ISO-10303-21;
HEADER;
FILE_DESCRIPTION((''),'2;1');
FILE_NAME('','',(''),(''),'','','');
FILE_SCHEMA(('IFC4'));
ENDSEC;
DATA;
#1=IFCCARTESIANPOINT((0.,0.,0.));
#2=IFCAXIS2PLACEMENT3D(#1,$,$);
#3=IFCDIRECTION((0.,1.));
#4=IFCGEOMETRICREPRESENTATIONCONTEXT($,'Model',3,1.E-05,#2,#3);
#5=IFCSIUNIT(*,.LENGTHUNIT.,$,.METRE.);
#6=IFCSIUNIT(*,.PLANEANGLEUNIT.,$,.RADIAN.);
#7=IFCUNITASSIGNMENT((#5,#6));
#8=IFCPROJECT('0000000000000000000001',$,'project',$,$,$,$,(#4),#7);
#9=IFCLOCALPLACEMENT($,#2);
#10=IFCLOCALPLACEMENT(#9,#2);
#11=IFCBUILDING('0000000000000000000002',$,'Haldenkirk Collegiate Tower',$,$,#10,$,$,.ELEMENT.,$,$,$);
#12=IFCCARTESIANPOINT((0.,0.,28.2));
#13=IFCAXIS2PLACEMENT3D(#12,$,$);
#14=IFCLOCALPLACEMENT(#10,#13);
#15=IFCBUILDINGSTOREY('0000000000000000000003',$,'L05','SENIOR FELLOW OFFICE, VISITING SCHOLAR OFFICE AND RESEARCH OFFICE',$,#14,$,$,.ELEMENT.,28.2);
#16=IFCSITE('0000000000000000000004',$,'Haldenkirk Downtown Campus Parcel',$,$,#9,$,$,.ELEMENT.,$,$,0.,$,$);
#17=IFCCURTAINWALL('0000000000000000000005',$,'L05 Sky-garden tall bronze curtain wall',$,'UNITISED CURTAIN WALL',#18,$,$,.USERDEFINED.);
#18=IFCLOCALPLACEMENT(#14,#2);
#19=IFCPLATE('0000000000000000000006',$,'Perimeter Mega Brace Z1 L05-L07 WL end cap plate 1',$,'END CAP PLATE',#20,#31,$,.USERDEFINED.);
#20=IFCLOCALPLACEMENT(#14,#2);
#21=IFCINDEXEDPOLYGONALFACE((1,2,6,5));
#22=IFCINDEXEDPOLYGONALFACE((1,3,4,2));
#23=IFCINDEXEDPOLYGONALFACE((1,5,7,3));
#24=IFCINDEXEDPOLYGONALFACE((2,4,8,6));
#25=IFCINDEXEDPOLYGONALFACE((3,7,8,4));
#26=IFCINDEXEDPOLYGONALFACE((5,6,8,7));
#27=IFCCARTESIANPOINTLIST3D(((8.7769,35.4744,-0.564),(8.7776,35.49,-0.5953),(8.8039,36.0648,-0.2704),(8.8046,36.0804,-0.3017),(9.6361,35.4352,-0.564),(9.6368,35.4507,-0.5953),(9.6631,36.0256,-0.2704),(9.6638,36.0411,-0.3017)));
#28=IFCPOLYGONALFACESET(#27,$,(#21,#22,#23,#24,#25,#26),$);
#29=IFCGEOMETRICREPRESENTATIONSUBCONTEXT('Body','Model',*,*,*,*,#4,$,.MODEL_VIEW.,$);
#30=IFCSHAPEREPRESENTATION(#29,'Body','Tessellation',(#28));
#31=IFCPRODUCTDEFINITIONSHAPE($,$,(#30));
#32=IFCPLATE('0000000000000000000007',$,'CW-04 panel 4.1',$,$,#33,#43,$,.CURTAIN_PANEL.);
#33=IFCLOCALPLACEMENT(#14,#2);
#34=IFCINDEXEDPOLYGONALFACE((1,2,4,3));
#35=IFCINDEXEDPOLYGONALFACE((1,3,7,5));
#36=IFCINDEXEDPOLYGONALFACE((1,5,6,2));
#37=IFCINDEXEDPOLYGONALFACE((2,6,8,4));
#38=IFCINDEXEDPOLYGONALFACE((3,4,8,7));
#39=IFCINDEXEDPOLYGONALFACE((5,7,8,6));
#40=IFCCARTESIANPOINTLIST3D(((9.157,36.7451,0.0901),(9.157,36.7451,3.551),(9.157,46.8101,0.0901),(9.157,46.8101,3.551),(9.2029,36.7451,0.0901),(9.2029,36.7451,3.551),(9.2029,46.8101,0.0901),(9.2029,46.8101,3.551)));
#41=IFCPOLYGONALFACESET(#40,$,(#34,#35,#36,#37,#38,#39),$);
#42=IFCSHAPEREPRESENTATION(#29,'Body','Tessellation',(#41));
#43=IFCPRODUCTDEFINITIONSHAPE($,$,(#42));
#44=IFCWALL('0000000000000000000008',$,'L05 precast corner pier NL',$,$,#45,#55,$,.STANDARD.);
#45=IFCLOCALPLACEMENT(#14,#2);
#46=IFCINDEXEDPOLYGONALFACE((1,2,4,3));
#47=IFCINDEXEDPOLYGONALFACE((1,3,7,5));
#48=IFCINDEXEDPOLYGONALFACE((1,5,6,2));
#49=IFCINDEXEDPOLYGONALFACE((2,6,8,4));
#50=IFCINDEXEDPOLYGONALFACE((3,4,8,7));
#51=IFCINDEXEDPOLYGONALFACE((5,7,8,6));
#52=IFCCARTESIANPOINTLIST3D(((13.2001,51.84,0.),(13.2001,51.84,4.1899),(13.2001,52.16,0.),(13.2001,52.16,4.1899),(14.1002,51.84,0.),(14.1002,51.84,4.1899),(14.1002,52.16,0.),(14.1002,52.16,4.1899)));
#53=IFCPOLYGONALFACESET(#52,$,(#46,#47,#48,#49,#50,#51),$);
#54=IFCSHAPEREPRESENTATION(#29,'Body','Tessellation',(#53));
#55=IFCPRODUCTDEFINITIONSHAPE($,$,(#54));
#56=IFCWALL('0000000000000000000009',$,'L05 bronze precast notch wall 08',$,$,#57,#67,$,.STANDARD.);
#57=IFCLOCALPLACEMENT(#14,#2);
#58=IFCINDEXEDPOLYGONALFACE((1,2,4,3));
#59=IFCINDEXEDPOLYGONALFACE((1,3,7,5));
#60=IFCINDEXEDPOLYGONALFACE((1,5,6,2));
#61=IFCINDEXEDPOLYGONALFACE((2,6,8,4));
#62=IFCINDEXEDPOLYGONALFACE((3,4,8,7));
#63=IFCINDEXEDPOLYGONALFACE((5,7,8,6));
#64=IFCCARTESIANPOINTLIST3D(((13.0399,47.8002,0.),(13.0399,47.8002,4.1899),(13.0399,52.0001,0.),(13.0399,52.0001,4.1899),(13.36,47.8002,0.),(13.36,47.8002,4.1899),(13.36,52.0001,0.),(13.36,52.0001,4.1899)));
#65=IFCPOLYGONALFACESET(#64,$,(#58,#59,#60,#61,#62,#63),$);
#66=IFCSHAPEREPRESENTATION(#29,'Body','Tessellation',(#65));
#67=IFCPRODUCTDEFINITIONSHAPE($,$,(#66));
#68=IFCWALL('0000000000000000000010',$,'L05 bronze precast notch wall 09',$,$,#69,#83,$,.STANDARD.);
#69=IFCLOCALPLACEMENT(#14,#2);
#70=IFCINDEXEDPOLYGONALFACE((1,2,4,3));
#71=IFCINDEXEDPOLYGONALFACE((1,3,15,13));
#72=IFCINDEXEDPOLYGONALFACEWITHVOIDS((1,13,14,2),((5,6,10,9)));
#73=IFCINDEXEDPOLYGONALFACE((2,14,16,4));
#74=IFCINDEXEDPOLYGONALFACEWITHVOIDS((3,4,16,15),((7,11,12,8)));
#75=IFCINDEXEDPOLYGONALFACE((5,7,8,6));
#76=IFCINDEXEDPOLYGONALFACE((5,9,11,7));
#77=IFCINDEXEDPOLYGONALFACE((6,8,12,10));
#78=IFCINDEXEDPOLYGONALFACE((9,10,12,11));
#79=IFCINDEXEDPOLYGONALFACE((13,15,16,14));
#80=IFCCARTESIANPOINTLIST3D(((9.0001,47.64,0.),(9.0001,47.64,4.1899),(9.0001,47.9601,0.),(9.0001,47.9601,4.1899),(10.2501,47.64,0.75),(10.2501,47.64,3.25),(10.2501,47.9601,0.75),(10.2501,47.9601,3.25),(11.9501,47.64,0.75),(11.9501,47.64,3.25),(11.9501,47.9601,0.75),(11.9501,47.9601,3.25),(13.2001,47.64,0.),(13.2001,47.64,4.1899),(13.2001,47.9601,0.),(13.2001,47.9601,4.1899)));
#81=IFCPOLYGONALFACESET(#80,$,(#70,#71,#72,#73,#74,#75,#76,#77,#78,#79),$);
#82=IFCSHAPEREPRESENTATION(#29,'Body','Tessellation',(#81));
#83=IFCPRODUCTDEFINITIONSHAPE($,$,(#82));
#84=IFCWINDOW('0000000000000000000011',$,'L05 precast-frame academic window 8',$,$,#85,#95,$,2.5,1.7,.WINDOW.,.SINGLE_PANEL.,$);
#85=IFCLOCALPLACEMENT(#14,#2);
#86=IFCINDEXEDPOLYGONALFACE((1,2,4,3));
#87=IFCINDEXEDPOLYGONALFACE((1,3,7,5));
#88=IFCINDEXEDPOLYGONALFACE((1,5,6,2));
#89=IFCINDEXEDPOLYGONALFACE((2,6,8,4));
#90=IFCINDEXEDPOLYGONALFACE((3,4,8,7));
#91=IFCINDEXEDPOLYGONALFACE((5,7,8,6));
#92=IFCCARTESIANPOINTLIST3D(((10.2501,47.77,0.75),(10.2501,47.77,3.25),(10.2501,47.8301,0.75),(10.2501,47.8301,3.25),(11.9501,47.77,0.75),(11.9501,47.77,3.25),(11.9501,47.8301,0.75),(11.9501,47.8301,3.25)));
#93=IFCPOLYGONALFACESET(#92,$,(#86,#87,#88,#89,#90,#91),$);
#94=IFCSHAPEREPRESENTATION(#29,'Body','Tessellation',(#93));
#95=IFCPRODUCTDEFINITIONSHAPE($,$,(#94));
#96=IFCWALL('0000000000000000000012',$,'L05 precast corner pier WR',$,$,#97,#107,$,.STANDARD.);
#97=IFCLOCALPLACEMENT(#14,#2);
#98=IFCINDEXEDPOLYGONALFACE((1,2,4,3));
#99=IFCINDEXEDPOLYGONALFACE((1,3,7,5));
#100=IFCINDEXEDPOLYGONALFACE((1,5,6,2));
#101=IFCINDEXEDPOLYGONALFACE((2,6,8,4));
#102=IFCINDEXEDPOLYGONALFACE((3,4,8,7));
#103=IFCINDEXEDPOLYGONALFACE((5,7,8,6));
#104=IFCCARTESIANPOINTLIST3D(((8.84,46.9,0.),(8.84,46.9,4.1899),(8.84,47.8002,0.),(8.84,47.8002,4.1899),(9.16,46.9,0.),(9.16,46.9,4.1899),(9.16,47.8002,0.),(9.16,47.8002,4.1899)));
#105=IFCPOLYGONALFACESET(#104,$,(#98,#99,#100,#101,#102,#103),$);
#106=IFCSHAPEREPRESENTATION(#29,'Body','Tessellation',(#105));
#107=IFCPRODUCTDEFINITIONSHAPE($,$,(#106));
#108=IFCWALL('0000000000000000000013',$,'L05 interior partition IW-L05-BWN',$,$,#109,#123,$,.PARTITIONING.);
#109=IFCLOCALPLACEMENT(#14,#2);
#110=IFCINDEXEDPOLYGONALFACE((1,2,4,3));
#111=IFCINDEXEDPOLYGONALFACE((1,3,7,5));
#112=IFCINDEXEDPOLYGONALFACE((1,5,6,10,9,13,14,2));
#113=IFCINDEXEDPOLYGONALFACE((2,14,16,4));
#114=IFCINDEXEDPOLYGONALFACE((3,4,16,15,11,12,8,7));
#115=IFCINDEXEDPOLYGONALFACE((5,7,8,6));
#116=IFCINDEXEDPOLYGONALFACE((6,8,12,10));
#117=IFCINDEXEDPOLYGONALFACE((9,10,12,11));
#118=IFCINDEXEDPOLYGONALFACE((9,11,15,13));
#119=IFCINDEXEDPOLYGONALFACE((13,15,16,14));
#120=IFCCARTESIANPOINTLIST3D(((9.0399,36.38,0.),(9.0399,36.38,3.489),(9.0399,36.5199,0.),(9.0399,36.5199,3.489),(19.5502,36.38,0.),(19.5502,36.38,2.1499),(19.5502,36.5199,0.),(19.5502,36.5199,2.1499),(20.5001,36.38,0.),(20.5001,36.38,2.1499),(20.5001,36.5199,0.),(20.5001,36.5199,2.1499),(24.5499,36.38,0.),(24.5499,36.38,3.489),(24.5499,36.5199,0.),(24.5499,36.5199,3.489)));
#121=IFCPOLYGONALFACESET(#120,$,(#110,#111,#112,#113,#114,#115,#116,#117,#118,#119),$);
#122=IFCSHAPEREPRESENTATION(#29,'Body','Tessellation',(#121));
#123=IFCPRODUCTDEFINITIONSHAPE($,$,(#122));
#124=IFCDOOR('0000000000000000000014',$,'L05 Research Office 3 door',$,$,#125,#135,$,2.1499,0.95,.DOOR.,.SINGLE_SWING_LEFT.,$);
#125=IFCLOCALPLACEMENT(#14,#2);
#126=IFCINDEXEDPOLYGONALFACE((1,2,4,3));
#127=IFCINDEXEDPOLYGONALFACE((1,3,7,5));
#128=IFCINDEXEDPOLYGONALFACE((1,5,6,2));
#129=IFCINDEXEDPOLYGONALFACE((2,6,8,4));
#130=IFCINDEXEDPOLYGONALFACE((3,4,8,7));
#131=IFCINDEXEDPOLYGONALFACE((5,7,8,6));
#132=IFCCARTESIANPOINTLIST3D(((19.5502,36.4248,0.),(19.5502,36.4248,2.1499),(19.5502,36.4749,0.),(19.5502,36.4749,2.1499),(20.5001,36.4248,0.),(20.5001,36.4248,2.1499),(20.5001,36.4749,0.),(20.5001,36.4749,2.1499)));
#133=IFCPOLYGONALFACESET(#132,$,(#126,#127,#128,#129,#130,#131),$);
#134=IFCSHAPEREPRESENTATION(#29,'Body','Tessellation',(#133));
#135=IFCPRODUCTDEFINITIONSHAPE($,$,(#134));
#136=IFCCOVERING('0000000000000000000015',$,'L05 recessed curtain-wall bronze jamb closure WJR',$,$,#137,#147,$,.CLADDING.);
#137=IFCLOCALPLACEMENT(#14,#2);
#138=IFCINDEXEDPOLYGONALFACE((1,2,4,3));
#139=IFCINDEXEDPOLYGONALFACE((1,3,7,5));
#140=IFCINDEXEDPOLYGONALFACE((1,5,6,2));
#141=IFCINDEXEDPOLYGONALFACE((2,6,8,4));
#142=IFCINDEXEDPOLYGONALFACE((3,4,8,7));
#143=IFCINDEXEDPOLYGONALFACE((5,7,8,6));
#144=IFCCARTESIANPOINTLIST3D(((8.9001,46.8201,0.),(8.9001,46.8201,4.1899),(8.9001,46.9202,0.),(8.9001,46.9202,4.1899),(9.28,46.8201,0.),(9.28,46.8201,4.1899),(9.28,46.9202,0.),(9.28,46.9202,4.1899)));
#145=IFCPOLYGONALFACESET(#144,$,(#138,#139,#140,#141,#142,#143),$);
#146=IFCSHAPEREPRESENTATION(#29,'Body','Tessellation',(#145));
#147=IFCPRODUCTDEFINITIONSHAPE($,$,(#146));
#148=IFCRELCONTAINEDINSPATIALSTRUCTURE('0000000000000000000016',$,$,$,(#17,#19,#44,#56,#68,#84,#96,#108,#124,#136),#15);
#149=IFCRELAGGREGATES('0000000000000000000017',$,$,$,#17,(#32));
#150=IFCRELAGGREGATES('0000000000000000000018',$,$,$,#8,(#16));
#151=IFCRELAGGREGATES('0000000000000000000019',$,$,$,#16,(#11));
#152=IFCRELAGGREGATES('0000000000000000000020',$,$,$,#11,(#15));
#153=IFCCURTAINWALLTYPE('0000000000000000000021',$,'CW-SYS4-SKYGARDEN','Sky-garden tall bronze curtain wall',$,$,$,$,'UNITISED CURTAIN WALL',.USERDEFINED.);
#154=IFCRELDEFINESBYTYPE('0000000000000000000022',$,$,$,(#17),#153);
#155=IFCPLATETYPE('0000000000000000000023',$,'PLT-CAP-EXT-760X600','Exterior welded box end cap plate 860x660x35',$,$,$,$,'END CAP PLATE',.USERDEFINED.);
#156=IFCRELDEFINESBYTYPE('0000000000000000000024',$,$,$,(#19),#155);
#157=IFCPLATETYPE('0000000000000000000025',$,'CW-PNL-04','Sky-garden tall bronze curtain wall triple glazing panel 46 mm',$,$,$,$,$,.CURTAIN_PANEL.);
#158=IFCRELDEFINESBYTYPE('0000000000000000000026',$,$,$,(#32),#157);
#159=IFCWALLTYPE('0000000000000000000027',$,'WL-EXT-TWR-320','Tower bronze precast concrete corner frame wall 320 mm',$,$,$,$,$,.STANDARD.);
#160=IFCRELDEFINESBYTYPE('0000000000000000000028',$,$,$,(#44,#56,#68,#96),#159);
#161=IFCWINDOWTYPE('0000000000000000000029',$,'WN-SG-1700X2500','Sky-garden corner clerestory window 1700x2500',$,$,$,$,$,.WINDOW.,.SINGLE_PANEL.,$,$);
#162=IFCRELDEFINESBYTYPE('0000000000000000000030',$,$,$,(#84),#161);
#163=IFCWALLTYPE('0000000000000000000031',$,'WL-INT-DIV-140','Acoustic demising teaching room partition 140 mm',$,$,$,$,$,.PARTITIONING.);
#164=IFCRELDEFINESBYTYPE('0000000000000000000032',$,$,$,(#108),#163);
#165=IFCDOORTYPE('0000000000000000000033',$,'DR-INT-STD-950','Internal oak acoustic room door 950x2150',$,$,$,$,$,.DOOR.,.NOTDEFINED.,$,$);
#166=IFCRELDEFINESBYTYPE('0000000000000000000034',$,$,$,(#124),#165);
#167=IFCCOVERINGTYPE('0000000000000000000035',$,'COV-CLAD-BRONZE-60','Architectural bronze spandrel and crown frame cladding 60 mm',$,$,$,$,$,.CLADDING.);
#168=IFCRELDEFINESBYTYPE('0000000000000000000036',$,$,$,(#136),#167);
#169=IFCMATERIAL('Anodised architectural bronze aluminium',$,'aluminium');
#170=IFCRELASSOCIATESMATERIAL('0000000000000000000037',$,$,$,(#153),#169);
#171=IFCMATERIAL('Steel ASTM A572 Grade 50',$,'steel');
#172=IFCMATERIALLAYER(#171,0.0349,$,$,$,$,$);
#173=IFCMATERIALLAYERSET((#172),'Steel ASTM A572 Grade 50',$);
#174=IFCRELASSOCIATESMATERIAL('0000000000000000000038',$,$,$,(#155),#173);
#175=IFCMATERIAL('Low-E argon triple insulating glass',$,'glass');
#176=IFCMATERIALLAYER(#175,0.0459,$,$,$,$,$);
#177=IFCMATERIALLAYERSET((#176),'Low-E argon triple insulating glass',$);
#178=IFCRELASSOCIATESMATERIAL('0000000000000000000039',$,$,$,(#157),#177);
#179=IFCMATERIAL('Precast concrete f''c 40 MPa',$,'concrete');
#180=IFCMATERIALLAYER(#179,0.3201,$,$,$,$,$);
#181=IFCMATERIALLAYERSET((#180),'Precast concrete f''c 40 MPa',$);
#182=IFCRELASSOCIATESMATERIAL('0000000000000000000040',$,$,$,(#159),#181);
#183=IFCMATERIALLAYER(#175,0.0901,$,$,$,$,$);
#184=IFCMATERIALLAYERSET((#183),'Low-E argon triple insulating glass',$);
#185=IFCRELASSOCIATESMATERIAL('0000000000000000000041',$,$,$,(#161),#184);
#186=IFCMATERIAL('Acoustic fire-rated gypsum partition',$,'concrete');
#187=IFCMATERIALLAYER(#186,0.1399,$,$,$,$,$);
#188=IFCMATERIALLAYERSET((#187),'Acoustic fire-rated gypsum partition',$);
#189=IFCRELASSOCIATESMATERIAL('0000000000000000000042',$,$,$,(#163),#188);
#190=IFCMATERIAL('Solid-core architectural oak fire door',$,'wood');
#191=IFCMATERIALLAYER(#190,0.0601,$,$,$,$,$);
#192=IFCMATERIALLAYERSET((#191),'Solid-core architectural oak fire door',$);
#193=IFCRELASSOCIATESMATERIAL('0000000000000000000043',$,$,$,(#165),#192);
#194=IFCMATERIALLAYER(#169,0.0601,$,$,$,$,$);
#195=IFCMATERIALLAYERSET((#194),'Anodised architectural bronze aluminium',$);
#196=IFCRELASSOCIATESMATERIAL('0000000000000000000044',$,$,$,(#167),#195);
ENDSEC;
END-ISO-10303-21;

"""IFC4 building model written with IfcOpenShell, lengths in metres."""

from ifc_helpers import new_model, si_unit, direction, frame, frame_2d, origin, origin_2d, place, context, subcontext, project, spatial, rectangle, extrude, source, transform, mapped, material, layer, layer_set, type_object, element, fill, aggregate, save


model = new_model("IFC4")

# Units and contexts
model_context = context("Model", 3, precision=1e-05, world=origin(), true_north=direction((0.0, 1.0)))
body_context = subcontext(model_context, "Body", "Model", "MODEL_VIEW")
ifc_project = project(units=[si_unit("LENGTHUNIT", "METRE"), si_unit("PLANEANGLEUNIT", "RADIAN")], contexts=[model_context])

# Site, building, storey
site_placement = place(None, origin())
site = spatial("IfcSite", under=ifc_project, at=site_placement, Name="Haldenkirk Downtown Campus Parcel", CompositionType="ELEMENT", RefElevation=0.0)
building_placement = place(site_placement, origin())
building = spatial("IfcBuilding", under=site, at=building_placement, Name="Haldenkirk Collegiate Tower", CompositionType="ELEMENT")
storey_placement = place(building_placement, frame((0.0, 0.0, 28.2)))
storey = spatial("IfcBuildingStorey", under=building, at=storey_placement, Name="L05", Description="SENIOR FELLOW OFFICE, VISITING SCHOLAR OFFICE AND RESEARCH OFFICE", CompositionType="ELEMENT", Elevation=28.2)

# Shared definitions
ifc_material_1 = material(Name="Steel ASTM A572 Grade 50", Category="steel")

# Curtain wall
ifc_material_2 = material(Name="Anodised architectural bronze aluminium", Category="aluminium")
curtain_wall_type = type_object("IfcCurtainWallType", Name="CW-SYS4-SKYGARDEN", Description="Sky-garden tall bronze curtain wall", ElementType="UNITISED CURTAIN WALL", PredefinedType="USERDEFINED", material=ifc_material_2)
curtain_wall_placement = place(storey_placement, origin())
curtain_wall = element("IfcCurtainWall", 1, at=curtain_wall_placement, inside=storey, type_object=curtain_wall_type, Name="L05 Sky-garden tall bronze curtain wall", ObjectType="UNITISED CURTAIN WALL", PredefinedType="USERDEFINED")

# Plates
ifc_layer_1 = layer(ifc_material_1, 0.0349)
ifc_layer_set_1 = layer_set([ifc_layer_1], Name="Steel ASTM A572 Grade 50")
plate_type_1 = type_object("IfcPlateType", Name="PLT-CAP-EXT-760X600", Description="Exterior welded box end cap plate 860x660x35", ElementType="END CAP PLATE", PredefinedType="USERDEFINED", material=ifc_layer_set_1)
shared_shape_1 = source(origin(), body_context, "Body", "SweptSolid", [
    extrude(rectangle(XDim=0.8601, YDim=0.6599, at=origin_2d()), origin(), (0.0, 0.0, 1.0), 0.0349),
])
plate_1_placement = place(storey_placement, frame((9.22, 35.75, -0.4172), z_axis=(0.020317, 0.444419, -0.895589), x_axis=(-0.998957, 0.045669, 0.0)))
element("IfcPlate", 2, at=plate_1_placement, inside=storey, type_object=plate_type_1, Name="Perimeter Mega Brace Z1 L05-L07 WL end cap plate 1", ObjectType="END CAP PLATE", PredefinedType="USERDEFINED", context=body_context, shape_type="MappedRepresentation", body=[
    mapped(shared_shape_1, transform((0.0, 0.0, 0.0), x_axis=(1.0, 0.0, 0.0), y_axis=(0.0, 1.0, 0.0), z_axis=(0.0, 0.0, 1.0), scale=1.0)),
])
ifc_material_3 = material(Name="Low-E argon triple insulating glass", Category="glass")
ifc_layer_2 = layer(ifc_material_3, 0.0459)
ifc_layer_set_2 = layer_set([ifc_layer_2], Name="Low-E argon triple insulating glass")
plate_type_2 = type_object("IfcPlateType", Name="CW-PNL-04", Description="Sky-garden tall bronze curtain wall triple glazing panel 46 mm", PredefinedType="CURTAIN_PANEL", material=ifc_layer_set_2)
shared_shape_2 = source(origin(), body_context, "Body", "SweptSolid", [
    extrude(rectangle(XDim=10.0649, YDim=0.0459, at=origin_2d()), origin(), (0.0, 0.0, 1.0), 3.4609),
])
plate_2_placement = place(storey_placement, frame((9.1799, 41.7776, 0.0901), z_axis=(0.0, 0.0, 1.0), x_axis=(0.0, 1.0, 0.0)))
plate_2 = element("IfcPlate", 3, at=plate_2_placement, type_object=plate_type_2, Name="CW-04 panel 4.1", PredefinedType="CURTAIN_PANEL", context=body_context, shape_type="MappedRepresentation", body=[
    mapped(shared_shape_2, transform((0.0, 0.0, 0.0), x_axis=(1.0, 0.0, 0.0), y_axis=(0.0, 1.0, 0.0), z_axis=(0.0, 0.0, 1.0), scale=1.0)),
])
aggregate(curtain_wall, [plate_2])

# Walls
ifc_material_4 = material(Name="Precast concrete f'c 40 MPa", Category="concrete")
ifc_layer_3 = layer(ifc_material_4, 0.3201)
ifc_layer_set_3 = layer_set([ifc_layer_3], Name="Precast concrete f'c 40 MPa")
wall_type_1 = type_object("IfcWallType", Name="WL-EXT-TWR-320", Description="Tower bronze precast concrete corner frame wall 320 mm", PredefinedType="STANDARD", material=ifc_layer_set_3)
wall_1_placement = place(storey_placement, frame((13.2, 52.0, 0.0), z_axis=(0.0, 0.0, 1.0), x_axis=(1.0, 0.0, 0.0)))
element("IfcWall", 4, at=wall_1_placement, inside=storey, type_object=wall_type_1, Name="L05 precast corner pier NL", PredefinedType="STANDARD", context=body_context, shape_type="SweptSolid", body=[
    extrude(rectangle(XDim=0.9001, YDim=0.3201, at=frame_2d((0.4502, 0.0))), origin(), (0.0, 0.0, 1.0), 4.1899),
])
wall_2_placement = place(storey_placement, frame((13.2, 47.8, 0.0), z_axis=(0.0, 0.0, 1.0), x_axis=(0.0, 1.0, 0.0)))
element("IfcWall", 5, at=wall_2_placement, inside=storey, type_object=wall_type_1, Name="L05 bronze precast notch wall 08", PredefinedType="STANDARD", context=body_context, shape_type="SweptSolid", body=[
    extrude(rectangle(XDim=4.2, YDim=0.3201, at=frame_2d((2.1001, 0.0))), origin(), (0.0, 0.0, 1.0), 4.1899),
])

# Wall, opening, window
wall_3_placement = place(storey_placement, frame((9.0, 47.8, 0.0), z_axis=(0.0, 0.0, 1.0), x_axis=(1.0, 0.0, 0.0)))
wall_3 = element("IfcWall", 6, at=wall_3_placement, inside=storey, type_object=wall_type_1, Name="L05 bronze precast notch wall 09", PredefinedType="STANDARD", context=body_context, shape_type="SweptSolid", body=[
    extrude(rectangle(XDim=4.2, YDim=0.3201, at=frame_2d((2.1001, 0.0))), origin(), (0.0, 0.0, 1.0), 4.1899),
])
opening_1_placement = place(wall_3_placement, frame((1.25, 0.0, 0.75)))
opening_1 = element("IfcOpeningElement", 7, at=opening_1_placement, cuts=wall_3, PredefinedType="OPENING", context=body_context, shape_type="SweptSolid", body=[
    extrude(rectangle(XDim=1.7, YDim=2.5, at=frame_2d((0.8501, 1.25))), frame((0.0, 0.1699, 0.0), z_axis=(0.0, -1.0, 0.0), x_axis=(1.0, 0.0, 0.0)), (0.0, 0.0, 1.0), 0.3401),
])
ifc_layer_4 = layer(ifc_material_3, 0.0901)
ifc_layer_set_4 = layer_set([ifc_layer_4], Name="Low-E argon triple insulating glass")
window_type = type_object("IfcWindowType", Name="WN-SG-1700X2500", Description="Sky-garden corner clerestory window 1700x2500", PartitioningType="SINGLE_PANEL", PredefinedType="WINDOW", material=ifc_layer_set_4)
window_placement = place(opening_1_placement, origin())
window = element("IfcWindow", 8, at=window_placement, inside=storey, type_object=window_type, Name="L05 precast-frame academic window 8", OverallHeight=2.5, OverallWidth=1.7, PartitioningType="SINGLE_PANEL", PredefinedType="WINDOW", context=body_context, shape_type="SweptSolid", body=[
    extrude(rectangle(XDim=1.7, YDim=2.5, at=frame_2d((0.8501, 1.25))), frame((0.0, 0.03, 0.0), z_axis=(0.0, -1.0, 0.0), x_axis=(1.0, 0.0, 0.0)), (0.0, 0.0, 1.0), 0.0601),
])
fill(opening_1, window)

# Wall
wall_4_placement = place(storey_placement, frame((9.0, 46.8999, 0.0), z_axis=(0.0, 0.0, 1.0), x_axis=(0.0, 1.0, 0.0)))
element("IfcWall", 9, at=wall_4_placement, inside=storey, type_object=wall_type_1, Name="L05 precast corner pier WR", PredefinedType="STANDARD", context=body_context, shape_type="SweptSolid", body=[
    extrude(rectangle(XDim=0.9001, YDim=0.3201, at=frame_2d((0.4502, 0.0))), origin(), (0.0, 0.0, 1.0), 4.1899),
])

# Wall, opening, door
ifc_material_5 = material(Name="Acoustic fire-rated gypsum partition", Category="concrete")
ifc_layer_5 = layer(ifc_material_5, 0.1399)
ifc_layer_set_5 = layer_set([ifc_layer_5], Name="Acoustic fire-rated gypsum partition")
wall_type_2 = type_object("IfcWallType", Name="WL-INT-DIV-140", Description="Acoustic demising teaching room partition 140 mm", PredefinedType="PARTITIONING", material=ifc_layer_set_5)
wall_5_placement = place(storey_placement, frame((9.04, 36.45, 0.0), z_axis=(0.0, 0.0, 1.0), x_axis=(1.0, 0.0, 0.0)))
wall_5 = element("IfcWall", 10, at=wall_5_placement, inside=storey, type_object=wall_type_2, Name="L05 interior partition IW-L05-BWN", PredefinedType="PARTITIONING", context=body_context, shape_type="SweptSolid", body=[
    extrude(rectangle(XDim=15.51, YDim=0.1399, at=frame_2d((7.7549, 0.0))), origin(), (0.0, 0.0, 1.0), 3.489),
])
opening_2_placement = place(wall_5_placement, frame((10.51, 0.0, 0.0)))
opening_2 = element("IfcOpeningElement", 11, at=opening_2_placement, cuts=wall_5, PredefinedType="OPENING", context=body_context, shape_type="SweptSolid", body=[
    extrude(rectangle(XDim=0.95, YDim=2.1499, at=frame_2d((0.4751, 1.075))), frame((0.0, 0.0798, 0.0), z_axis=(0.0, -1.0, 0.0), x_axis=(1.0, 0.0, 0.0)), (0.0, 0.0, 1.0), 0.1599),
])
ifc_material_6 = material(Name="Solid-core architectural oak fire door", Category="wood")
ifc_layer_6 = layer(ifc_material_6, 0.0601)
ifc_layer_set_6 = layer_set([ifc_layer_6], Name="Solid-core architectural oak fire door")
door_type = type_object("IfcDoorType", Name="DR-INT-STD-950", Description="Internal oak acoustic room door 950x2150", OperationType="NOTDEFINED", PredefinedType="DOOR", material=ifc_layer_set_6)
door_placement = place(opening_2_placement, origin())
door = element("IfcDoor", 12, at=door_placement, inside=storey, type_object=door_type, Name="L05 Research Office 3 door", OperationType="SINGLE_SWING_LEFT", OverallHeight=2.1499, OverallWidth=0.95, PredefinedType="DOOR", context=body_context, shape_type="SweptSolid", body=[
    extrude(rectangle(XDim=0.95, YDim=2.1499, at=frame_2d((0.4751, 1.075))), frame((0.0, 0.0249, 0.0), z_axis=(0.0, -1.0, 0.0), x_axis=(1.0, 0.0, 0.0)), (0.0, 0.0, 1.0), 0.05),
])
fill(opening_2, door)

# Covering
ifc_layer_7 = layer(ifc_material_2, 0.0601)
ifc_layer_set_7 = layer_set([ifc_layer_7], Name="Anodised architectural bronze aluminium")
covering_type = type_object("IfcCoveringType", Name="COV-CLAD-BRONZE-60", Description="Architectural bronze spandrel and crown frame cladding 60 mm", PredefinedType="CLADDING", material=ifc_layer_set_7)
shared_shape_3 = source(origin(), body_context, "Body", "SweptSolid", [
    extrude(rectangle(XDim=0.1001, YDim=0.3799, at=origin_2d()), origin(), (0.0, 0.0, 1.0), 4.1899),
])
covering_placement = place(storey_placement, frame((9.0901, 46.8701, 0.0), z_axis=(0.0, 0.0, 1.0), x_axis=(0.0, 1.0, 0.0)))
element("IfcCovering", 13, at=covering_placement, inside=storey, type_object=covering_type, Name="L05 recessed curtain-wall bronze jamb closure WJR", PredefinedType="CLADDING", context=body_context, shape_type="MappedRepresentation", body=[
    mapped(shared_shape_3, transform((0.0, 0.0, 0.0), x_axis=(1.0, 0.0, 0.0), y_axis=(0.0, 1.0, 0.0), z_axis=(0.0, 0.0, 1.0), scale=1.0)),
])

save(model, "model.ifc")
